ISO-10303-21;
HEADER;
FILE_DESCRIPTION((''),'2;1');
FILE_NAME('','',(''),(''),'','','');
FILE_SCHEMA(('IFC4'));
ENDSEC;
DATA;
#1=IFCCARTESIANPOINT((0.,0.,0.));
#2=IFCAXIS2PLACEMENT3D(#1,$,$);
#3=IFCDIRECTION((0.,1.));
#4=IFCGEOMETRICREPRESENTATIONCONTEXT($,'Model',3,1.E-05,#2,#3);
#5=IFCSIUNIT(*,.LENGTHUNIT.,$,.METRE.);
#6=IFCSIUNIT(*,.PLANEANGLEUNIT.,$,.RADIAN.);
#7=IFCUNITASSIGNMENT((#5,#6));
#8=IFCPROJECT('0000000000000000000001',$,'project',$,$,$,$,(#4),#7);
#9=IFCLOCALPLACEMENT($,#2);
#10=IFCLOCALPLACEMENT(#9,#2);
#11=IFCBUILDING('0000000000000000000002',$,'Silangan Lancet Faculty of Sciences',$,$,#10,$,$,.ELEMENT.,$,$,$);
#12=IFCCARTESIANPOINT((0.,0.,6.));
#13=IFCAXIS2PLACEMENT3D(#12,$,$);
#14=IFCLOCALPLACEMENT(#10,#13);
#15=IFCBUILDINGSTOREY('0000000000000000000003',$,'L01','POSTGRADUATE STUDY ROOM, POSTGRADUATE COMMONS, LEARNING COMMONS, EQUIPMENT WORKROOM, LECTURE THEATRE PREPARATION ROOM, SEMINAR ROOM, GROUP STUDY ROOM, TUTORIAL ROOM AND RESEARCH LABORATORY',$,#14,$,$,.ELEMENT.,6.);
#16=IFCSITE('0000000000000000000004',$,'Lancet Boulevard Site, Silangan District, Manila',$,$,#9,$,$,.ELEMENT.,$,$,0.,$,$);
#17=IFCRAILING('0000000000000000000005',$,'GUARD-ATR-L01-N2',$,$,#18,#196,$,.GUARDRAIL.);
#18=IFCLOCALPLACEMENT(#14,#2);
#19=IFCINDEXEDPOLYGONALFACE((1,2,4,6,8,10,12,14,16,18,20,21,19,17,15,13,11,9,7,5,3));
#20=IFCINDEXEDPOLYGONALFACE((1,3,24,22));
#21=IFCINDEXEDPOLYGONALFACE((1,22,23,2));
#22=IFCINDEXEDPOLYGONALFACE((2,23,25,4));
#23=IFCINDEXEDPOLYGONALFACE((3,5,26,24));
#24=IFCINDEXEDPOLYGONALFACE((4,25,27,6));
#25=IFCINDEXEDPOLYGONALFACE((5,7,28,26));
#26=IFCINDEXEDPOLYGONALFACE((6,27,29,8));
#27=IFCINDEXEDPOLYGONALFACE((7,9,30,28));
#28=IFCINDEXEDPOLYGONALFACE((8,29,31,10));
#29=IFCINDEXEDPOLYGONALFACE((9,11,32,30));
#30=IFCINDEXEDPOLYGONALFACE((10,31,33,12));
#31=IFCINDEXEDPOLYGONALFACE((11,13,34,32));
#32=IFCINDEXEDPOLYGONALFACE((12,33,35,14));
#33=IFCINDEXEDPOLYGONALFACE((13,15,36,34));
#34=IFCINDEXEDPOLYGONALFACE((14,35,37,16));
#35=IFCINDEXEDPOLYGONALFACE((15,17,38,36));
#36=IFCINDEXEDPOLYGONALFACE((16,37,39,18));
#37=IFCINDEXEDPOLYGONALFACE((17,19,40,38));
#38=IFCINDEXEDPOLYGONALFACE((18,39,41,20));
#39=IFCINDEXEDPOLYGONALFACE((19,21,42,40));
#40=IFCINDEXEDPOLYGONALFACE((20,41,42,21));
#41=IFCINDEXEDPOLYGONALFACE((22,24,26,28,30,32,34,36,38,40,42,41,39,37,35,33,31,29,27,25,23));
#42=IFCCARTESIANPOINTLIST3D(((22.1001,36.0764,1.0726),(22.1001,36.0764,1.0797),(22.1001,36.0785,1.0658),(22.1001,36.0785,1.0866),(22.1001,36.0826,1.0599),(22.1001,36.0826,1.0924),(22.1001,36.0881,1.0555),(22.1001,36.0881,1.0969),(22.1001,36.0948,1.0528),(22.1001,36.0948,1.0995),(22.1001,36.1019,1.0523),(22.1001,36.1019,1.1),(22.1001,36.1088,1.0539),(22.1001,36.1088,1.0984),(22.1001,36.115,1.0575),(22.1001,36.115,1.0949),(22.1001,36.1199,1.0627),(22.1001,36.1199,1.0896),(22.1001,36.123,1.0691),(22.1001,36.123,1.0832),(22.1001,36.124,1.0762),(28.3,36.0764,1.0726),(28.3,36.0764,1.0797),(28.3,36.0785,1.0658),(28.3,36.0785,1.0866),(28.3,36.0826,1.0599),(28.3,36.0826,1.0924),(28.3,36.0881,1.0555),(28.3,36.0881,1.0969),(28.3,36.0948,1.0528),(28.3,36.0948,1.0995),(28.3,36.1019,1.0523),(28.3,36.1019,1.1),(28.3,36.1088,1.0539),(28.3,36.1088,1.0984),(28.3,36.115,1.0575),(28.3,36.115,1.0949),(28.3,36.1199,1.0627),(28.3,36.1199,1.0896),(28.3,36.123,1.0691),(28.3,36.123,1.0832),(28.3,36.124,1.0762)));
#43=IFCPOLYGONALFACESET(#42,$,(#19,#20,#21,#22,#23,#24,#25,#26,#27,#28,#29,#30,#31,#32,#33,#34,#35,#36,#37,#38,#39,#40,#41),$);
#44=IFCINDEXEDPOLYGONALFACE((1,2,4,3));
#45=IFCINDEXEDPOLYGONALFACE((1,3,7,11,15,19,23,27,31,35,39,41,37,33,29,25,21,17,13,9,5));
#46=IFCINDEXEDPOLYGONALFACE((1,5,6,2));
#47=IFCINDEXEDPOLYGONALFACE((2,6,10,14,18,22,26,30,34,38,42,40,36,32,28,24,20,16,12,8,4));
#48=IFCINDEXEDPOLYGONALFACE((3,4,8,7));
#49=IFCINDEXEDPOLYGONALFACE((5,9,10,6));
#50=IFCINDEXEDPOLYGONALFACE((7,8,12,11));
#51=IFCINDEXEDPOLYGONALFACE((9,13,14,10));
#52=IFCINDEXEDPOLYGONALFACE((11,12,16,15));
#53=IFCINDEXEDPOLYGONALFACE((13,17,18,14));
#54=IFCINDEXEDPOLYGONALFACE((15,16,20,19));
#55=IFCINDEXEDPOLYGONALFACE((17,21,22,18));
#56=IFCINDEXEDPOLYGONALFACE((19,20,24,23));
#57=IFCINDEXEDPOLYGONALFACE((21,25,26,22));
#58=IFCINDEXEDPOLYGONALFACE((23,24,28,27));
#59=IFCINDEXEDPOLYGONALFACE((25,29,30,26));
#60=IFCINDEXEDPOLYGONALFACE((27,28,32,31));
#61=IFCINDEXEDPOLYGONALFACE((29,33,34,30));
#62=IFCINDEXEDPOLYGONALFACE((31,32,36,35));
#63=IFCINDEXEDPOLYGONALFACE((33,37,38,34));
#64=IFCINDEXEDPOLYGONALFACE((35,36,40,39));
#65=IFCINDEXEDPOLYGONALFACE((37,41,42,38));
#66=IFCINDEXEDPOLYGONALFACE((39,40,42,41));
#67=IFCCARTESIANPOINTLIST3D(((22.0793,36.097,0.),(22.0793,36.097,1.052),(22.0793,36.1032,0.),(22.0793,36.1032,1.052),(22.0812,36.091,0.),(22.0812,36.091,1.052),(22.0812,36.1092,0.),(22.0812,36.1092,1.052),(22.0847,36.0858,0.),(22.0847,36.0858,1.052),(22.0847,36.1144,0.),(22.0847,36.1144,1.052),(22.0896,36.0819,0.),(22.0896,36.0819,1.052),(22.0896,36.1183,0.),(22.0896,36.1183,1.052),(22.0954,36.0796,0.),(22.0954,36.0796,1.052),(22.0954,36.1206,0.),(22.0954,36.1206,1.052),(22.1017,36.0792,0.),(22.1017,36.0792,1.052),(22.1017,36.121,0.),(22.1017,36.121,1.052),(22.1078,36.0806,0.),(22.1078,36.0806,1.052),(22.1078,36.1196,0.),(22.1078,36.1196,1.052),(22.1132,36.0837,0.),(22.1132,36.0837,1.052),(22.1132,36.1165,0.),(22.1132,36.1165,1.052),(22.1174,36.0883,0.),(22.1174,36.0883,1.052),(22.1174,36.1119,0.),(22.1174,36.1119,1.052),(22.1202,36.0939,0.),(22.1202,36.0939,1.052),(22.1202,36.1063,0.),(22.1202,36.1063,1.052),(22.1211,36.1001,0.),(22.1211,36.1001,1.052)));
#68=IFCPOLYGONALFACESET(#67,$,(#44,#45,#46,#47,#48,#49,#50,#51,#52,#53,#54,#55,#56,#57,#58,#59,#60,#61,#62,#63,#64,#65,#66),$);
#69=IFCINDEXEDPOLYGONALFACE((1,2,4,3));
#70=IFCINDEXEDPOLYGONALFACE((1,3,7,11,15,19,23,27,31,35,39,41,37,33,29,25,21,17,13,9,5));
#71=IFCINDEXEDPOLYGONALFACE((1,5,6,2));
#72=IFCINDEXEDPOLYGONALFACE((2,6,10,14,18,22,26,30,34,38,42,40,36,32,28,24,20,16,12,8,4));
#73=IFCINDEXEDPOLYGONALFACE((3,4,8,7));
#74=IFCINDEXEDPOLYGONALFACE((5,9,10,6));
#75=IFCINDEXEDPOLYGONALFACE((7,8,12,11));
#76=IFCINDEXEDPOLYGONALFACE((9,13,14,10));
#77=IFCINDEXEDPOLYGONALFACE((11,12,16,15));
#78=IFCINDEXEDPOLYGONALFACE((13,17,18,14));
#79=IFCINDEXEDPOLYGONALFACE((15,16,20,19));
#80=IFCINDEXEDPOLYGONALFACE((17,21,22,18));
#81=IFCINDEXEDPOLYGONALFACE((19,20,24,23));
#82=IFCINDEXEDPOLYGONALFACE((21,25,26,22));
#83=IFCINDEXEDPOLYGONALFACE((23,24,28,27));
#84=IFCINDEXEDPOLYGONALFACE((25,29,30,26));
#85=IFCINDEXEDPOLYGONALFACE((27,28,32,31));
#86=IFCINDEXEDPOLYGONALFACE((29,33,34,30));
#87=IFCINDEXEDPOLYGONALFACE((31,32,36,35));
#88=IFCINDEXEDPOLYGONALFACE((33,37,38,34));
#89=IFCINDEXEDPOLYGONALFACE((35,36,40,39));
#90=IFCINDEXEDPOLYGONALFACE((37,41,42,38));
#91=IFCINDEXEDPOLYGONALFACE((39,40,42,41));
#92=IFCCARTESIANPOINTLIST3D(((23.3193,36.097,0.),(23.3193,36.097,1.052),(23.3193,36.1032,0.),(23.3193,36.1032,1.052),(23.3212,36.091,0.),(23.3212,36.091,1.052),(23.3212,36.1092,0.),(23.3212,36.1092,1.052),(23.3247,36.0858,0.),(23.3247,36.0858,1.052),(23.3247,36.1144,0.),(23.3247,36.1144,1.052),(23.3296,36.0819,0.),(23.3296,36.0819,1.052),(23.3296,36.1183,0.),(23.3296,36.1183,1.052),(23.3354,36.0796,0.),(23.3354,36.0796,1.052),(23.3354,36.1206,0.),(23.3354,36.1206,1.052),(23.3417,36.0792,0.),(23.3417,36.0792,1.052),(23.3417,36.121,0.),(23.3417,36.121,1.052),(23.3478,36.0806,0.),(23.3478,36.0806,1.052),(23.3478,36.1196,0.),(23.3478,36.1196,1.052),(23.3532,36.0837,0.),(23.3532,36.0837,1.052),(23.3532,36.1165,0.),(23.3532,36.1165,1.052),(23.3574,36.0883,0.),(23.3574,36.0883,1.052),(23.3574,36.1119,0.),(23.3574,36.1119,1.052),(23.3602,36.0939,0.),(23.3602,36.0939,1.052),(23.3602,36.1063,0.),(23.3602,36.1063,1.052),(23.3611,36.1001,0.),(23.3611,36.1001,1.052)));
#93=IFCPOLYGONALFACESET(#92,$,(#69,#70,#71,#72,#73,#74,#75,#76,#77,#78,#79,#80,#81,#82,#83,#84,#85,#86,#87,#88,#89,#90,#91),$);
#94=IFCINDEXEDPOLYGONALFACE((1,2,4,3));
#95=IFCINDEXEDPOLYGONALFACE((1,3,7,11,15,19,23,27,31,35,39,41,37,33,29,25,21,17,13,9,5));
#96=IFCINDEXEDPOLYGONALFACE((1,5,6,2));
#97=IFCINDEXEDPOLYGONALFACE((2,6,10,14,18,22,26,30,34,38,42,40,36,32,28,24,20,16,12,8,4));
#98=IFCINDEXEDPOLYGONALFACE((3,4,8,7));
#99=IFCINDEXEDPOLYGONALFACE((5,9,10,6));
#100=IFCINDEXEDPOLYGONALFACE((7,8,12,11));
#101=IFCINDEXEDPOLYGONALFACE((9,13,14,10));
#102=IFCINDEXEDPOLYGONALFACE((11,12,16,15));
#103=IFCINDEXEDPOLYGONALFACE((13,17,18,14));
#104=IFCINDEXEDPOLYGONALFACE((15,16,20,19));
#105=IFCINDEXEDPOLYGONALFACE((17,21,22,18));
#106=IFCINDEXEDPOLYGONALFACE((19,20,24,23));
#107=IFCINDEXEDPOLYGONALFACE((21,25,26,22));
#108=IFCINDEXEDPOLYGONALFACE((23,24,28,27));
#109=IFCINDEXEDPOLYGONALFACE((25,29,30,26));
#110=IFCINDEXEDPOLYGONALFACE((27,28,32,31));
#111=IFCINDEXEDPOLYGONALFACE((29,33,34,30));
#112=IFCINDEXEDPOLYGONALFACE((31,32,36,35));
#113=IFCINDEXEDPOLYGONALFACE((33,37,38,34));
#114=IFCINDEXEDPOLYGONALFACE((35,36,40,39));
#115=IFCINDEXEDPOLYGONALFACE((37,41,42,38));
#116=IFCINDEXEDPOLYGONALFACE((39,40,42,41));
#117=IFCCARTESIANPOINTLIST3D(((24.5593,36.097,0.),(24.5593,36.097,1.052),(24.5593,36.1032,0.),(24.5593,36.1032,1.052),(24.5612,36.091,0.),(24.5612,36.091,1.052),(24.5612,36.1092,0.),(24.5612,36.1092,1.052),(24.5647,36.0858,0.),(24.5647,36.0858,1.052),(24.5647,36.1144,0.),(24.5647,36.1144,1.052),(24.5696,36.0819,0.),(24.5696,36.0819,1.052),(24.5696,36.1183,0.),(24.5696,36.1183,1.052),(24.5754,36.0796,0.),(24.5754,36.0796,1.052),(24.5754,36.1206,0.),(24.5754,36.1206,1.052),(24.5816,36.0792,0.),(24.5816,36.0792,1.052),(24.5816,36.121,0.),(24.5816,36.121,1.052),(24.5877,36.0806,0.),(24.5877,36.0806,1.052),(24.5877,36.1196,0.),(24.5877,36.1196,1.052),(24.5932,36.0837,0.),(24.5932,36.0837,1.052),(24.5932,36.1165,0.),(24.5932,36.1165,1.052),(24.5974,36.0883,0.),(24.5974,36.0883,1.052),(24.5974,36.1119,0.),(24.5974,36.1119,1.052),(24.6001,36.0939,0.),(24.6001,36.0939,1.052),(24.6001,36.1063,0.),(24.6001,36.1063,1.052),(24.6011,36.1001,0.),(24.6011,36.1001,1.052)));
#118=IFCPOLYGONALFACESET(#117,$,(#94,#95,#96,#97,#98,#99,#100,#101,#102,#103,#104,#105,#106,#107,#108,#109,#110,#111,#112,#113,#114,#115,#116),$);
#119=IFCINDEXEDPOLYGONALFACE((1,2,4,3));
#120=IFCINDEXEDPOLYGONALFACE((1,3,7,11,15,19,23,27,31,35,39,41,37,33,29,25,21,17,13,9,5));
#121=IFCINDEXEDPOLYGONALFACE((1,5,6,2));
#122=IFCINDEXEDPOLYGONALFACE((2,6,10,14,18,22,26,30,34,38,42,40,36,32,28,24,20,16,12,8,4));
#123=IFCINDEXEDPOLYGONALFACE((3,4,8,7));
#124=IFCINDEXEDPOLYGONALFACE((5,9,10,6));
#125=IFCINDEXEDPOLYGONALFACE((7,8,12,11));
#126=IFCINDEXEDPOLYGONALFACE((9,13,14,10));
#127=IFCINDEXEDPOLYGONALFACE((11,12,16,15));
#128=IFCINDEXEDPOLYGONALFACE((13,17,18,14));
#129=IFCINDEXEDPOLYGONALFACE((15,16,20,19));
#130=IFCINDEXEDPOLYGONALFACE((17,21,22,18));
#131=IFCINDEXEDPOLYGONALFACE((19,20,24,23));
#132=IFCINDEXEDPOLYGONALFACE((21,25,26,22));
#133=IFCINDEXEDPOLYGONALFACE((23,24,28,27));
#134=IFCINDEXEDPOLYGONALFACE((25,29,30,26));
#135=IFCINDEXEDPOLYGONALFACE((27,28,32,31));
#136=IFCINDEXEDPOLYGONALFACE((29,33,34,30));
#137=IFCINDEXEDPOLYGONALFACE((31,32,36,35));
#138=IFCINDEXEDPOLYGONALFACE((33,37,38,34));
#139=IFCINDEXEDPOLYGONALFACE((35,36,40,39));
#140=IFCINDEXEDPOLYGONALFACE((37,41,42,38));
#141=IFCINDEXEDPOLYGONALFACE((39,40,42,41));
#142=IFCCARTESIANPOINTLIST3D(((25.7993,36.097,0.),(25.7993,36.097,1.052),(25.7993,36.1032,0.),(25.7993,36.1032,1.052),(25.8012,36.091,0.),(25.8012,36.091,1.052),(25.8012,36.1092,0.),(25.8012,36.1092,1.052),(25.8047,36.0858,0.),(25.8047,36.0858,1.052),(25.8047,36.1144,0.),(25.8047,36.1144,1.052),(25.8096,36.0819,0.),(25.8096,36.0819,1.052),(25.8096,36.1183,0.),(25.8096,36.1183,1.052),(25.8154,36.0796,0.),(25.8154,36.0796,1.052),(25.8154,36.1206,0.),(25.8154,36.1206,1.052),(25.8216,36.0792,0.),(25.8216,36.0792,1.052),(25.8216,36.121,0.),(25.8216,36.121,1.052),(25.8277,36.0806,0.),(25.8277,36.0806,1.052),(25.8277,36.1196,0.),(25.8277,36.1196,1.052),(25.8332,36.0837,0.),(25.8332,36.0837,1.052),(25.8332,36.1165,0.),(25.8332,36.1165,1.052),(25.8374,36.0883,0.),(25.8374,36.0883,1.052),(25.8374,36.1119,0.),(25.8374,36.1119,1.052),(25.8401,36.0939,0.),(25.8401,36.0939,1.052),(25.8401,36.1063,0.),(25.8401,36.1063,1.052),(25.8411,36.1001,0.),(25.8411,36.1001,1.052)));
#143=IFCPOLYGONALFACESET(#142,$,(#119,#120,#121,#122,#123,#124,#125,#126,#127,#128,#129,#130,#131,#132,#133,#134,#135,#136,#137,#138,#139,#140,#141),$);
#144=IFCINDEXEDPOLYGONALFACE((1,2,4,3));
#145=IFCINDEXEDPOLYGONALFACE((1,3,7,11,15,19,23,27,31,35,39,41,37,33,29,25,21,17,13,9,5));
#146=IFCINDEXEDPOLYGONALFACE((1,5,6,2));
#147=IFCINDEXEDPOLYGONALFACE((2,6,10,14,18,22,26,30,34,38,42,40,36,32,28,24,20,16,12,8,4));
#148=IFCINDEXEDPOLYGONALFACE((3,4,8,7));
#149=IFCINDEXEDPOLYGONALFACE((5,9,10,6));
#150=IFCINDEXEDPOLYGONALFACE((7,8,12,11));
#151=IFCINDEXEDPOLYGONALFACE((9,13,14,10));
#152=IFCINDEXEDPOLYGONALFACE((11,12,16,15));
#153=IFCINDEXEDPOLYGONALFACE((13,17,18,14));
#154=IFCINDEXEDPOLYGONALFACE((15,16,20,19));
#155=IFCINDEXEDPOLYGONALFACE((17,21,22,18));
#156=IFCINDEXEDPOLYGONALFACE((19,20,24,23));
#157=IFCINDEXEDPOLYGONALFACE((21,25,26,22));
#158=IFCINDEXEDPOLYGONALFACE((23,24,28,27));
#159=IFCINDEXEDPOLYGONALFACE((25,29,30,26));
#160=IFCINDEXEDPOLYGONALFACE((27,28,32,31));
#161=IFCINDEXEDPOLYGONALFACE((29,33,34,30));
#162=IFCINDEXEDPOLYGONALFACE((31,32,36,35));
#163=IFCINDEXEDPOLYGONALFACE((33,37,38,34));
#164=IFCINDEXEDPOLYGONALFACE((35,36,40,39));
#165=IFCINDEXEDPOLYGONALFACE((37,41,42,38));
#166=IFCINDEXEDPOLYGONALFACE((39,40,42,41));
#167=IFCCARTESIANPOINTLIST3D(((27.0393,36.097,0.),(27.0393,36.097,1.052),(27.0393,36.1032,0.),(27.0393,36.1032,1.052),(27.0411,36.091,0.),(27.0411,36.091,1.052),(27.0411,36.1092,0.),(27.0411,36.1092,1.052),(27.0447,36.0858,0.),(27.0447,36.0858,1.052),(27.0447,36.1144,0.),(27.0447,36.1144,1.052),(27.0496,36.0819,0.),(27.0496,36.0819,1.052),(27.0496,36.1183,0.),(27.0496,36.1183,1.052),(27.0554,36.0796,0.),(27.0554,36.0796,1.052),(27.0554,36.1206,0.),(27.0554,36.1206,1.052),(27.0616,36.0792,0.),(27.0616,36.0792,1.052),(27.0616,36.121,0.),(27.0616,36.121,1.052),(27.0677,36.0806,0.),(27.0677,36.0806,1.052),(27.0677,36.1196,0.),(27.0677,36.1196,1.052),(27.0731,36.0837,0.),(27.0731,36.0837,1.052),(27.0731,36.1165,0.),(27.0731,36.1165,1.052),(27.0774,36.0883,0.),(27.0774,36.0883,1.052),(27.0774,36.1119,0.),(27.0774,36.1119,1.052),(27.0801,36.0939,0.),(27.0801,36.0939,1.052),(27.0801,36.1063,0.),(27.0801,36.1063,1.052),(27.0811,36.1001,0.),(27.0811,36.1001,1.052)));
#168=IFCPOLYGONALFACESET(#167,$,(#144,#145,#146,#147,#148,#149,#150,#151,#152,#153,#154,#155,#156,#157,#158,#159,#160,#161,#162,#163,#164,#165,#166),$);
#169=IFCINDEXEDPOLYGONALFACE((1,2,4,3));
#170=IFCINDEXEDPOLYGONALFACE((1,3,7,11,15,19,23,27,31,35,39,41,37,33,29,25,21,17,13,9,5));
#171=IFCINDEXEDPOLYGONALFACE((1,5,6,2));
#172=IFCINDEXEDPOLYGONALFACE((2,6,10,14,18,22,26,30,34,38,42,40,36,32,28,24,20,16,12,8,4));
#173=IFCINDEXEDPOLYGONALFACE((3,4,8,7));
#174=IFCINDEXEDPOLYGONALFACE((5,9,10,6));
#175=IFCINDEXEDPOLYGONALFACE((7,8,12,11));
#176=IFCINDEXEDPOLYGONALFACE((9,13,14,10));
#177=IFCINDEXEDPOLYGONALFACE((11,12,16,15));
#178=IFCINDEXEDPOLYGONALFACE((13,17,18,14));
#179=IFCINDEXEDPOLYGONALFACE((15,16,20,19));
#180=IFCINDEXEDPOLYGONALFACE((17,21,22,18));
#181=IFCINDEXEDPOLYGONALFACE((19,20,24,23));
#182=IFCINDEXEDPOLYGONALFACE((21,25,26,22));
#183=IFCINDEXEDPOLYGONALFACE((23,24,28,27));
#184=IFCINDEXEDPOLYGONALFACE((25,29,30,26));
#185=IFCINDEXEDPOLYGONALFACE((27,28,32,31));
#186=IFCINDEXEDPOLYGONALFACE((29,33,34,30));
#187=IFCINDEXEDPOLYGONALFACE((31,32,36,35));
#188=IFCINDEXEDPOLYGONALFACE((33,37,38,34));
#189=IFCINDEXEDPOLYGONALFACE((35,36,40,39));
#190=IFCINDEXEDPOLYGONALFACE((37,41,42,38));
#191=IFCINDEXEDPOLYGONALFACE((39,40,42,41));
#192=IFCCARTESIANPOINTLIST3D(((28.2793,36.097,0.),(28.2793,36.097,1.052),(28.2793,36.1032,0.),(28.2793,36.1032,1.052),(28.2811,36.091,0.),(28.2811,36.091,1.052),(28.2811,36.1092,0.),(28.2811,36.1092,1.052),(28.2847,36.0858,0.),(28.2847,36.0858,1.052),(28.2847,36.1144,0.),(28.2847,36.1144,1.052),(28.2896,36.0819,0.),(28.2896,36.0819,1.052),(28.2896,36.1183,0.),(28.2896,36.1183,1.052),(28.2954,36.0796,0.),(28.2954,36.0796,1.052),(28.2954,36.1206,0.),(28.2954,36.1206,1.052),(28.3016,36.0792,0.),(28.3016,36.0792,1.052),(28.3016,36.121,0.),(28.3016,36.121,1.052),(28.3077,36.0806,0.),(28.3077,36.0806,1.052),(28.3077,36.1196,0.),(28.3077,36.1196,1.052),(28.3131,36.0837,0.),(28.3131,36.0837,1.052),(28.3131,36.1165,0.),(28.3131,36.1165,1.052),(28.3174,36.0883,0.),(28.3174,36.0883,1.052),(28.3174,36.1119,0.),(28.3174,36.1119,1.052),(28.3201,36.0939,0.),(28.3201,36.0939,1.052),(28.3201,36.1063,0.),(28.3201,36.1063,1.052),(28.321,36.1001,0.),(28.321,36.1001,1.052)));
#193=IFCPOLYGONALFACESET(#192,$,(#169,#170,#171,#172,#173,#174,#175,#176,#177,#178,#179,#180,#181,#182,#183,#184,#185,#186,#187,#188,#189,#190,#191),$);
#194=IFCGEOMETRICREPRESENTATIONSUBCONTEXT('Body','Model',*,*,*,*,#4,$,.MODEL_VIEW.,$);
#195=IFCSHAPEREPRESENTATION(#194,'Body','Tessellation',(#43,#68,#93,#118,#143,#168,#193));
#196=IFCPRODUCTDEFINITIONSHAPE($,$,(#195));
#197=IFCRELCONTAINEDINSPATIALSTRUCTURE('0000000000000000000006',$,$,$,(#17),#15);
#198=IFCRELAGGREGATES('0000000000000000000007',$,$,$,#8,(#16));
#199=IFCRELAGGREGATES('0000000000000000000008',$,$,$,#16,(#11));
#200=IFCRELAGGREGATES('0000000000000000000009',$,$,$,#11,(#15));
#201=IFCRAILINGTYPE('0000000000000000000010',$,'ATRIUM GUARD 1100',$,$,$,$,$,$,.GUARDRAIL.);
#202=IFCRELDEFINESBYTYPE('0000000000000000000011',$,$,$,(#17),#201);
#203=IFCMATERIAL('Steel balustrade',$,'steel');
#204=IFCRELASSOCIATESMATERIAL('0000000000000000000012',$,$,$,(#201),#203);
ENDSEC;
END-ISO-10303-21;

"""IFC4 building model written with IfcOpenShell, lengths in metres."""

from ifc_helpers import new_model, si_unit, direction, frame, origin, origin_2d, place, context, subcontext, project, spatial, circle, extrude, material, type_object, element, save


model = new_model("IFC4")

# Units and contexts
model_context = context("Model", 3, precision=1e-05, world=origin(), true_north=direction((0.0, 1.0)))
body_context = subcontext(model_context, "Body", "Model", "MODEL_VIEW")
ifc_project = project(units=[si_unit("LENGTHUNIT", "METRE"), si_unit("PLANEANGLEUNIT", "RADIAN")], contexts=[model_context])

# Site, building, storey
site_placement = place(None, origin())
site = spatial("IfcSite", under=ifc_project, at=site_placement, Name="Lancet Boulevard Site, Silangan District, Manila", CompositionType="ELEMENT", RefElevation=0.0)
building_placement = place(site_placement, origin())
building = spatial("IfcBuilding", under=site, at=building_placement, Name="Silangan Lancet Faculty of Sciences", CompositionType="ELEMENT")
storey_placement = place(building_placement, frame((0.0, 0.0, 6.0)))
storey = spatial("IfcBuildingStorey", under=building, at=storey_placement, Name="L01", Description="POSTGRADUATE STUDY ROOM, POSTGRADUATE COMMONS, LEARNING COMMONS, EQUIPMENT WORKROOM, LECTURE THEATRE PREPARATION ROOM, SEMINAR ROOM, GROUP STUDY ROOM, TUTORIAL ROOM AND RESEARCH LABORATORY", CompositionType="ELEMENT", Elevation=6.0)

# Railing
ifc_material_1 = material(Name="Steel balustrade", Category="steel")
railing_type = type_object("IfcRailingType", Name="ATRIUM GUARD 1100", PredefinedType="GUARDRAIL", material=ifc_material_1)
railing_placement = place(storey_placement, frame((22.1001, 36.1001, 0.0)))
element("IfcRailing", 1, at=railing_placement, inside=storey, type_object=railing_type, Name="GUARD-ATR-L01-N2", PredefinedType="GUARDRAIL", context=body_context, shape_type="SweptSolid", body=[
    extrude(circle(Radius=0.0239, at=origin_2d()), frame((0.0, 0.0, 1.0762), z_axis=(1.0, 0.0, 0.0), x_axis=(0.0, 1.0, 0.0)), (0.0, 0.0, 1.0), 6.2),
    extrude(circle(Radius=0.021, at=origin_2d()), origin(), (0.0, 0.0, 1.0), 1.052),
    extrude(circle(Radius=0.021, at=origin_2d()), frame((1.24, 0.0, 0.0)), (0.0, 0.0, 1.0), 1.052),
    extrude(circle(Radius=0.021, at=origin_2d()), frame((2.48, 0.0, 0.0)), (0.0, 0.0, 1.0), 1.052),
    extrude(circle(Radius=0.021, at=origin_2d()), frame((3.72, 0.0, 0.0)), (0.0, 0.0, 1.0), 1.052),
    extrude(circle(Radius=0.021, at=origin_2d()), frame((4.96, 0.0, 0.0)), (0.0, 0.0, 1.0), 1.052),
    extrude(circle(Radius=0.021, at=origin_2d()), frame((6.2, 0.0, 0.0)), (0.0, 0.0, 1.0), 1.052),
])

save(model, "model.ifc")
